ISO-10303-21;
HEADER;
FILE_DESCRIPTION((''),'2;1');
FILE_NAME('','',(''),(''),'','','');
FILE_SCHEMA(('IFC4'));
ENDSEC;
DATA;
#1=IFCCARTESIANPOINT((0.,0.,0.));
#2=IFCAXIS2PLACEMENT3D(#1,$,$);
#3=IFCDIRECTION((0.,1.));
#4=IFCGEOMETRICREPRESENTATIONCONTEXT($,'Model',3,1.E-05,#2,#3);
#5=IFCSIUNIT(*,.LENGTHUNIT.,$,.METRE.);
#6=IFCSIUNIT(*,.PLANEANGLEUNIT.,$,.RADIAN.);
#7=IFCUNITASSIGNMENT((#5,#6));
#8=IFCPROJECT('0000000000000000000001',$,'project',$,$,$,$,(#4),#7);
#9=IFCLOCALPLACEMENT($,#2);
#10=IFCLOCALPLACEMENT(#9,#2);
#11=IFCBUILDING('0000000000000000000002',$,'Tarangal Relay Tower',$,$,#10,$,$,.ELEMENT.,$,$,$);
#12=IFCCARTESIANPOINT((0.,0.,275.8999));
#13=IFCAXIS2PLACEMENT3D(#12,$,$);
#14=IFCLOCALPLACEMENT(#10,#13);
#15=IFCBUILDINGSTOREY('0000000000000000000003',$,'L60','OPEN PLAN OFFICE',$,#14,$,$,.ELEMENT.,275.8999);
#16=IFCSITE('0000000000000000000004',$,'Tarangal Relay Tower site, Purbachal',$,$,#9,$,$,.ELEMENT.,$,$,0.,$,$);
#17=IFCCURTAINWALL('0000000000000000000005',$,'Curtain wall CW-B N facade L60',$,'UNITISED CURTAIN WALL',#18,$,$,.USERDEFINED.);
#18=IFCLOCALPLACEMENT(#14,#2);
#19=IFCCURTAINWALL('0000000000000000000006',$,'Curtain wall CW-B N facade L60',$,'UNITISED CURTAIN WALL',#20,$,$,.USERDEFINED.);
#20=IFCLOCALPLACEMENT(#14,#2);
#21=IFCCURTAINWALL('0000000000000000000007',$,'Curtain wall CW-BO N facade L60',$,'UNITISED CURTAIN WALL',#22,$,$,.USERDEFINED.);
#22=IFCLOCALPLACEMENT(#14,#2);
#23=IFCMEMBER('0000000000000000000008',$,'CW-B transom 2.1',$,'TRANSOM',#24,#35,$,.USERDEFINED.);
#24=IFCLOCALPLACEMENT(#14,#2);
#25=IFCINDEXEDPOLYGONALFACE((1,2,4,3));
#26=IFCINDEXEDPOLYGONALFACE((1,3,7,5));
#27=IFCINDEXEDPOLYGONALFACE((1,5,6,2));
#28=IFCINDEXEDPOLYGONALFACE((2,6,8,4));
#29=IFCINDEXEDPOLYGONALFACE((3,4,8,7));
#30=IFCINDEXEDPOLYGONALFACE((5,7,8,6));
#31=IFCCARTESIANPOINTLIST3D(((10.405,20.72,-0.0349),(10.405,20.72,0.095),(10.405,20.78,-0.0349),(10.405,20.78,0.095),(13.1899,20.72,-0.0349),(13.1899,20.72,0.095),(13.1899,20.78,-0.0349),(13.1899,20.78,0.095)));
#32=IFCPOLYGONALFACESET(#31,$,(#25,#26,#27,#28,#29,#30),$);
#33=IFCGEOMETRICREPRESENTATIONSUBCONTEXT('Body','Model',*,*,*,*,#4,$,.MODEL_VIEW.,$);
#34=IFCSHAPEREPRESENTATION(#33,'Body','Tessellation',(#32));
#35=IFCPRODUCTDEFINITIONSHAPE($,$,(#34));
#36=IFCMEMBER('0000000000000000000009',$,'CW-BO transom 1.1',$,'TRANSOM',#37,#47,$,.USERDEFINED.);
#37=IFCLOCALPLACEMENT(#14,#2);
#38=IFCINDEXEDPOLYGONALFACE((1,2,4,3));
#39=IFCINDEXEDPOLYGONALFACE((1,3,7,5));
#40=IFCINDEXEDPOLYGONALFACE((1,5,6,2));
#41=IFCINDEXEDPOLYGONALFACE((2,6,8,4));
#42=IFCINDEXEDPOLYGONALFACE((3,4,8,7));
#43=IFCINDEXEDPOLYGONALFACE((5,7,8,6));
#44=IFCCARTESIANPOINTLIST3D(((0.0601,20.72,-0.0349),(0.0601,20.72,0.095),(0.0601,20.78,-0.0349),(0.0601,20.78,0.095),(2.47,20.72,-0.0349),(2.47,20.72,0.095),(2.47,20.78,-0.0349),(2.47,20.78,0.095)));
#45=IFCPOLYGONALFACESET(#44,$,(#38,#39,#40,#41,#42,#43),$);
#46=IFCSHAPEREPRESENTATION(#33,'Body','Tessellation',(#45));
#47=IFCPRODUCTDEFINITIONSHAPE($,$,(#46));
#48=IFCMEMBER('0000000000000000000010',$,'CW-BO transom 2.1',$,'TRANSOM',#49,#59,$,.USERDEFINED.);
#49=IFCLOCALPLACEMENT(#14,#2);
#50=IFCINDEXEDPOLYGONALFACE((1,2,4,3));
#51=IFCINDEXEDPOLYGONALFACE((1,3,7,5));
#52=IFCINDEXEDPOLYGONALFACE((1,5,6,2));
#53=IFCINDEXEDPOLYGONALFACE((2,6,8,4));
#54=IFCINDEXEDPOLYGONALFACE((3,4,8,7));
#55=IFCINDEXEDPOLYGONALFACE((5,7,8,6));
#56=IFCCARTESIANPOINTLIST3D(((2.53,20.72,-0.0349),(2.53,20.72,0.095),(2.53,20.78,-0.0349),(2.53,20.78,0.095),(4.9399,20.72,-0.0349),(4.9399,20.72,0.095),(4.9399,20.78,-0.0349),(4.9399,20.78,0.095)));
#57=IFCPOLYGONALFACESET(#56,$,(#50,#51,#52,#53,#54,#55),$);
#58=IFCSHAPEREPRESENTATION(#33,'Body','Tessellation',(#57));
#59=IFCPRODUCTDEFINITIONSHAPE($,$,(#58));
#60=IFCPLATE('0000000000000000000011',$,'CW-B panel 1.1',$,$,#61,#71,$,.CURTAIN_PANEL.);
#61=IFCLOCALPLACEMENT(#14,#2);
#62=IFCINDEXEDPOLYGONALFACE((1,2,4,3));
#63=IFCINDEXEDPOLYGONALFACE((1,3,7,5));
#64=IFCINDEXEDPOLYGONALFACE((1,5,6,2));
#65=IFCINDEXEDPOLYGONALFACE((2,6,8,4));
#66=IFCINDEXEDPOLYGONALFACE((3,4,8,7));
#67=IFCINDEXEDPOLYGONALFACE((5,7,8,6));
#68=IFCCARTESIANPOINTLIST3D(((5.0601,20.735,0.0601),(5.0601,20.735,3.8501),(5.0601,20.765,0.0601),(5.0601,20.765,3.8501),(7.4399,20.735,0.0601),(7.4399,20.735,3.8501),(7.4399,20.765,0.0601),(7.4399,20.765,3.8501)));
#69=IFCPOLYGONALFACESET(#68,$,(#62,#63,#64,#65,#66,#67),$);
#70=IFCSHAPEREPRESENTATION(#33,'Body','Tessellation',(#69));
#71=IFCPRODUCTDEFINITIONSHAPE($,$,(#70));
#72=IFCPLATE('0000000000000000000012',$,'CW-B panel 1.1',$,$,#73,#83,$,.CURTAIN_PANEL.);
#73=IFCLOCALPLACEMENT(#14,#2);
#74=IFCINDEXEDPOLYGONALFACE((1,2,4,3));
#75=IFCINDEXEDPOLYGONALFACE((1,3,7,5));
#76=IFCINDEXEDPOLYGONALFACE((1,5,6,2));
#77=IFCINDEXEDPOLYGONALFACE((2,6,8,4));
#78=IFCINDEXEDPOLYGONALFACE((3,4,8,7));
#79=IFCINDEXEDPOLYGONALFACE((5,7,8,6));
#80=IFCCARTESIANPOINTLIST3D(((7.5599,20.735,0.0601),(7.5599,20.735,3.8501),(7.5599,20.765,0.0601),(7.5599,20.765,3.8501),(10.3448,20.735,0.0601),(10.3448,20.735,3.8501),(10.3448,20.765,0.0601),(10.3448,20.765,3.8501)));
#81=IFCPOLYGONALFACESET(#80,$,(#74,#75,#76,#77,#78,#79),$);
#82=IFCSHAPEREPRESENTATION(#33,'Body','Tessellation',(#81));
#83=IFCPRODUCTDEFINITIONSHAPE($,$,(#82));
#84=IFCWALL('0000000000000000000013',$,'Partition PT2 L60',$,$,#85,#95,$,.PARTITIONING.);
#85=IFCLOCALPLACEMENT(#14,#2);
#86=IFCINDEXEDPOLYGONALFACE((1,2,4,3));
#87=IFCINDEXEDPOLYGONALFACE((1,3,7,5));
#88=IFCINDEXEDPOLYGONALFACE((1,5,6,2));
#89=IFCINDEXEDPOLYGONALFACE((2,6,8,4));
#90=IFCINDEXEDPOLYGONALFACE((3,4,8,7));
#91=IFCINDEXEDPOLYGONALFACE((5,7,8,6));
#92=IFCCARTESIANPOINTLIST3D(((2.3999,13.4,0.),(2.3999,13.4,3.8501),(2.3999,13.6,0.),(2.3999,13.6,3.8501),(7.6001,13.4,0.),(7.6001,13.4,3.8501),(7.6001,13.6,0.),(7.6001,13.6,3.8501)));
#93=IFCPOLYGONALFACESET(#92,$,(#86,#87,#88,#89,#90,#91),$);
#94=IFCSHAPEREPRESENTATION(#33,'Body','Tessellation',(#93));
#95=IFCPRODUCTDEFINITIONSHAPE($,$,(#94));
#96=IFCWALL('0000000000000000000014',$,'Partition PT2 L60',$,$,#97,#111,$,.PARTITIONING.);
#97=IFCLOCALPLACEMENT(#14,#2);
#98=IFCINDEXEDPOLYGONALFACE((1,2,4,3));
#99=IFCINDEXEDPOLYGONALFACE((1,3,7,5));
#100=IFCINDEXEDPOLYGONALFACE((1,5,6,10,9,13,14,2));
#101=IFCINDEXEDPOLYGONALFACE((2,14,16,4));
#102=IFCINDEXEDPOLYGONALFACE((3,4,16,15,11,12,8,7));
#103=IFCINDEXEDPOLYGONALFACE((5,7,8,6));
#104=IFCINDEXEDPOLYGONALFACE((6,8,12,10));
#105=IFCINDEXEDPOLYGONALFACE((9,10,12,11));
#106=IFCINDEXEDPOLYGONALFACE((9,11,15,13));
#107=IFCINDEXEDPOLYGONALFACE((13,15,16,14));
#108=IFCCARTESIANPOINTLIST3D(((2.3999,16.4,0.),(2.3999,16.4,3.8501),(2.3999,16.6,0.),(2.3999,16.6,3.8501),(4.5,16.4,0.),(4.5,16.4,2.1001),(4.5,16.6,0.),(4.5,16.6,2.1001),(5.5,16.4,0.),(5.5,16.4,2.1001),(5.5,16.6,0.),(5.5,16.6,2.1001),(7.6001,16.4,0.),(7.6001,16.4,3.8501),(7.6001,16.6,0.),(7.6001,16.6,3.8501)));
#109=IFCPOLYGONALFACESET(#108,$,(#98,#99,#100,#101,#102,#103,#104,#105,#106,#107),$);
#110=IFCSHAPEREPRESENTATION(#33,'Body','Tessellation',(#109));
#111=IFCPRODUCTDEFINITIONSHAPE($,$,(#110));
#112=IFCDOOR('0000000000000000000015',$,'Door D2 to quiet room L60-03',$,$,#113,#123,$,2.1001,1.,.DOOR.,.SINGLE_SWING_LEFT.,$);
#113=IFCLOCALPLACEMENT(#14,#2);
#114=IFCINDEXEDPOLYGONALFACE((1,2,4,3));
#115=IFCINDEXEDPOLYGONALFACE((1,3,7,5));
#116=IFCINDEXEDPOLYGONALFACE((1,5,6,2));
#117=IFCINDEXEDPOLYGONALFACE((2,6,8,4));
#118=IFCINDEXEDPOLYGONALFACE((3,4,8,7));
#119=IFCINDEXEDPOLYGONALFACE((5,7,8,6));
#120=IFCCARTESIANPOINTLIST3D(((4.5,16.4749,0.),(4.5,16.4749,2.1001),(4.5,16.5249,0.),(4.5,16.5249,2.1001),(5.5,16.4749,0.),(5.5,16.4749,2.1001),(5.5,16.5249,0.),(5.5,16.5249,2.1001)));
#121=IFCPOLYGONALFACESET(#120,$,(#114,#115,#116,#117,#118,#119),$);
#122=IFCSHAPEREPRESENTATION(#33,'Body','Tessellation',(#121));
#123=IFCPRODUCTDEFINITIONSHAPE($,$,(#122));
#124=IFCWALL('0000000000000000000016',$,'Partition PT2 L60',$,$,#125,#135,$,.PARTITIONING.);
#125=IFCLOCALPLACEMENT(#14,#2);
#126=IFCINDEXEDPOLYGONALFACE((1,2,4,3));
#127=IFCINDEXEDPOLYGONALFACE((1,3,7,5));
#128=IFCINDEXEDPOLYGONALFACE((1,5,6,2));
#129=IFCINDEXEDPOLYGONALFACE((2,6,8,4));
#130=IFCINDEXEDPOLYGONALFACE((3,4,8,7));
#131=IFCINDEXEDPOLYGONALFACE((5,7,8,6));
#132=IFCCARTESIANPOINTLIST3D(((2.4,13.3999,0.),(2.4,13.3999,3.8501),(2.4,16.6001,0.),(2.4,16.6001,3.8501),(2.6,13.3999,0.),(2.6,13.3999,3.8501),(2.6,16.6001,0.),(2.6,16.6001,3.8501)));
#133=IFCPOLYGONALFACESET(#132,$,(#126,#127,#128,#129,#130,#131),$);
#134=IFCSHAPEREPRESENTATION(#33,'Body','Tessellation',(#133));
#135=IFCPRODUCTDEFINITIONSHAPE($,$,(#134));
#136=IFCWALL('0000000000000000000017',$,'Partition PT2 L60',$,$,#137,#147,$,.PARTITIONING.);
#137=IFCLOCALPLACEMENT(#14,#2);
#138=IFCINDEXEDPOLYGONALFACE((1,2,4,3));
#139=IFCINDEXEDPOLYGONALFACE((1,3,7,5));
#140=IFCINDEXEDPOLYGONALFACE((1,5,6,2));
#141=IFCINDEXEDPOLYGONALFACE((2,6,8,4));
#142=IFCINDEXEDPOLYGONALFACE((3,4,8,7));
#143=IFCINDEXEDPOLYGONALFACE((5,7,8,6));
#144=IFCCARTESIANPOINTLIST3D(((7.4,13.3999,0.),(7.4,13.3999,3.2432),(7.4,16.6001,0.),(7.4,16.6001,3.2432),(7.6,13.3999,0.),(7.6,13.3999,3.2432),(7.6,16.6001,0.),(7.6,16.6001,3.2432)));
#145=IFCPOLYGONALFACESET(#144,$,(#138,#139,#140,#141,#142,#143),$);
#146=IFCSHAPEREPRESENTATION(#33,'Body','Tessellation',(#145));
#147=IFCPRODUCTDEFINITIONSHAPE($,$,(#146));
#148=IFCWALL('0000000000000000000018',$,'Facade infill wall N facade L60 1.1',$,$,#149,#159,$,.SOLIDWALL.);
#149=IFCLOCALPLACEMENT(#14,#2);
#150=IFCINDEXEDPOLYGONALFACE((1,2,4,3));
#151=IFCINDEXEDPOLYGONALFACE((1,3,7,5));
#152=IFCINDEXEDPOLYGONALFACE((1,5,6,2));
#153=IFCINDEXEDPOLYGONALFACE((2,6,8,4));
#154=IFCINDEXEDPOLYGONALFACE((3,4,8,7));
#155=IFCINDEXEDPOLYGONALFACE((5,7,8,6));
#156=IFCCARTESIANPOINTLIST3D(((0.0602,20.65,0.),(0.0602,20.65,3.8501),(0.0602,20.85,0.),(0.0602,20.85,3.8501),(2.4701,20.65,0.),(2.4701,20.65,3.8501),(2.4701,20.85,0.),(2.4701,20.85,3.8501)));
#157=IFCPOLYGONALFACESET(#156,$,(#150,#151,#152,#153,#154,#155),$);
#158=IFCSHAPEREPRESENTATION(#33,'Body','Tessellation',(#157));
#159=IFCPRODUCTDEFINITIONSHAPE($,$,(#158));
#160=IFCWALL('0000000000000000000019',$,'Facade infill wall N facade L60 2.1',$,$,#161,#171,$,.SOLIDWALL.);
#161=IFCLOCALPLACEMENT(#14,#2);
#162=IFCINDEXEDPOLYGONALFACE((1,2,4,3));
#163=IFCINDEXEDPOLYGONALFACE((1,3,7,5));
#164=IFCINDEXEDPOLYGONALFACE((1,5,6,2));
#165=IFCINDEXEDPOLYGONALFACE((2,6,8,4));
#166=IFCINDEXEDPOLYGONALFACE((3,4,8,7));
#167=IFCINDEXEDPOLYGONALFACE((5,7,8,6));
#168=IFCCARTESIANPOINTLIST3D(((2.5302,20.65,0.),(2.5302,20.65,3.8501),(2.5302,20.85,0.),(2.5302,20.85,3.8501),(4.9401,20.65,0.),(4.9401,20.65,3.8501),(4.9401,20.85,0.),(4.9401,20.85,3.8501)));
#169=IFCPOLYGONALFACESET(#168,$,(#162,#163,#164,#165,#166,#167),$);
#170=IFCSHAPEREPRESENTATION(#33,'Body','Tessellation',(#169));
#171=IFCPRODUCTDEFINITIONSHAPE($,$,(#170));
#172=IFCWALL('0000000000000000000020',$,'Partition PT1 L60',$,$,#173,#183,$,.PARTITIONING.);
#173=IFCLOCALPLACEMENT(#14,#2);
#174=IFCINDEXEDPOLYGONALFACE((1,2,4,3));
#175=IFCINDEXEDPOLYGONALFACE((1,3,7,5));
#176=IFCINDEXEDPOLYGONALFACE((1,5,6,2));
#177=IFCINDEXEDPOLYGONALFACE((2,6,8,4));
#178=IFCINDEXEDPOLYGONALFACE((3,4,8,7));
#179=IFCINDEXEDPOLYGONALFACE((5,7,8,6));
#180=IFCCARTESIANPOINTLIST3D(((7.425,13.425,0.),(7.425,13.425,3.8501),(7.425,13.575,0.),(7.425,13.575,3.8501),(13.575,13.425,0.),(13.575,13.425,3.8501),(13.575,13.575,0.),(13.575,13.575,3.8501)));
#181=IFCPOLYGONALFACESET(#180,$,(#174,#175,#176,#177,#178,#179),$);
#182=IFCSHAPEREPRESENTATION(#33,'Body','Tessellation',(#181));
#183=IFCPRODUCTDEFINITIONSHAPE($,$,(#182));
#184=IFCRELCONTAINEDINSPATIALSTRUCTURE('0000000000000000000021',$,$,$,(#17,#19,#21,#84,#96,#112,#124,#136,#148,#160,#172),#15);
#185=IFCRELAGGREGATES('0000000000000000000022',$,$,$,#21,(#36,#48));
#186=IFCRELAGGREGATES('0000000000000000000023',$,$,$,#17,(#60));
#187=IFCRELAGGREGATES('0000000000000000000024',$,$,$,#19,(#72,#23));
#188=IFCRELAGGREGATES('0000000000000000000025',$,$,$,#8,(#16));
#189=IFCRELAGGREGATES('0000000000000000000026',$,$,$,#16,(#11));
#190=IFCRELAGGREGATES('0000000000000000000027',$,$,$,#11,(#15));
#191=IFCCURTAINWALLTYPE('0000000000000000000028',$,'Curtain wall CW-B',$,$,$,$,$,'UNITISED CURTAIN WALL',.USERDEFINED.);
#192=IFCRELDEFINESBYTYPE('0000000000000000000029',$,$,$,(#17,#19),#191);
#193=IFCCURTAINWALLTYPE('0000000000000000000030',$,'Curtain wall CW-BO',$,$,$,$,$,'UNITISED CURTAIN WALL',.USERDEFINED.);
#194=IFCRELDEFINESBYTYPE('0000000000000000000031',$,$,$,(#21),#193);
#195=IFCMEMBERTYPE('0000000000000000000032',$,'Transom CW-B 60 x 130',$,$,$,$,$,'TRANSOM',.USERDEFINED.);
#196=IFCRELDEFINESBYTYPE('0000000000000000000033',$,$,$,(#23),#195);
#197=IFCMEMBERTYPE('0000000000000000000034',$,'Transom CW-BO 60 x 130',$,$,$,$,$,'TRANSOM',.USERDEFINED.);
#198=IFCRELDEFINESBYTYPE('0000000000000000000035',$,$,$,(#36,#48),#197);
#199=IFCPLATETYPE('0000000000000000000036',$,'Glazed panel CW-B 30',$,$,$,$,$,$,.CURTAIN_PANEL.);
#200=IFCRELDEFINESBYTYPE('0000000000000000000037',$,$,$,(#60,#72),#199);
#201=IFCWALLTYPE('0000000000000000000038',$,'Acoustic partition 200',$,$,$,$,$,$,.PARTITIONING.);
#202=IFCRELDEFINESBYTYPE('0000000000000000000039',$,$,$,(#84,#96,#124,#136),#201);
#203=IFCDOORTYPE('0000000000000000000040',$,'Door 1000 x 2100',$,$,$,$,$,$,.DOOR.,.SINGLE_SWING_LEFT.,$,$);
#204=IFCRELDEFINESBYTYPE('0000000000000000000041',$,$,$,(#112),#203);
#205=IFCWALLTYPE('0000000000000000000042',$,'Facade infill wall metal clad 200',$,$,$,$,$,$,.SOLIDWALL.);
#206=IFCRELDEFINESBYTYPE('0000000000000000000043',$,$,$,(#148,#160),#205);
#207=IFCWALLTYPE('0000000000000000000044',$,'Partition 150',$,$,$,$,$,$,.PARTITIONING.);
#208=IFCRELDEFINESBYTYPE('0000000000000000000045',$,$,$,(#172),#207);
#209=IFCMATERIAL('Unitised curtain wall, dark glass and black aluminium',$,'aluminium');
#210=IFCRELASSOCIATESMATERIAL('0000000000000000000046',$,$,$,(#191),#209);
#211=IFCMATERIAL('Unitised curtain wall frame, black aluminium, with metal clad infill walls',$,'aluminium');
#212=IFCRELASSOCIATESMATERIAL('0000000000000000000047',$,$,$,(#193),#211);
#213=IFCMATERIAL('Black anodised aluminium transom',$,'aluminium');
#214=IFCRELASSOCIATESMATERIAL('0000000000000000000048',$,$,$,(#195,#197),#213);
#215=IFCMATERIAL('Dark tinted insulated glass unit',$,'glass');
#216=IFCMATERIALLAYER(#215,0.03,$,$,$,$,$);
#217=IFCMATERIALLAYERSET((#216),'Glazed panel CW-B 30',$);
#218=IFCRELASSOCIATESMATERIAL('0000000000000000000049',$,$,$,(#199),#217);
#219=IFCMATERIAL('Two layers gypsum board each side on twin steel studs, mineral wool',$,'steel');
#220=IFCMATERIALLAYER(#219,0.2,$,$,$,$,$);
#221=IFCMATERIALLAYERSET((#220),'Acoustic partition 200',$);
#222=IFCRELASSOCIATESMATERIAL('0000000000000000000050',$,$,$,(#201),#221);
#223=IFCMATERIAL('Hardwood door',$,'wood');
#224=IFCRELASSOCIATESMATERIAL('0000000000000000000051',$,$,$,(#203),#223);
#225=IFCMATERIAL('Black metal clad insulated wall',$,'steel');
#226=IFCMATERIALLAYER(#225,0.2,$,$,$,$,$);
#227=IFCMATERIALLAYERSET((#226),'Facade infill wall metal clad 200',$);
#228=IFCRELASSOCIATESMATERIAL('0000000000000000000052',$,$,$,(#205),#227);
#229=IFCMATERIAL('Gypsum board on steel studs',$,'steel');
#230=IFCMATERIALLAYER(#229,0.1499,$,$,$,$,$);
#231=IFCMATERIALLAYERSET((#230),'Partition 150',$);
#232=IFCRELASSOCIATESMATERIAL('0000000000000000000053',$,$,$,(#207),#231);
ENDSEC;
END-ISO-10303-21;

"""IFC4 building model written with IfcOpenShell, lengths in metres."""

from ifc_helpers import new_model, si_unit, direction, frame, frame_2d, origin, origin_2d, place, context, subcontext, project, spatial, rectangle, extrude, material, layer, layer_set, material_profile, profile_set, type_object, element, fill, aggregate, save


model = new_model("IFC4")

# Units and contexts
model_context = context("Model", 3, precision=1e-05, world=origin(), true_north=direction((0.0, 1.0)))
body_context = subcontext(model_context, "Body", "Model", "MODEL_VIEW")
ifc_project = project(units=[si_unit("LENGTHUNIT", "METRE"), si_unit("PLANEANGLEUNIT", "RADIAN")], contexts=[model_context])

# Site, building, storey
site_placement = place(None, origin())
site = spatial("IfcSite", under=ifc_project, at=site_placement, Name="Tarangal Relay Tower site, Purbachal", CompositionType="ELEMENT", RefElevation=0.0)
building_placement = place(site_placement, origin())
building = spatial("IfcBuilding", under=site, at=building_placement, Name="Tarangal Relay Tower", CompositionType="ELEMENT")
storey_placement = place(building_placement, frame((0.0, 0.0, 275.8999)))
storey = spatial("IfcBuildingStorey", under=building, at=storey_placement, Name="L60", Description="OPEN PLAN OFFICE", CompositionType="ELEMENT", Elevation=275.8999)

# Curtain walls
ifc_material_1 = material(Name="Unitised curtain wall, dark glass and black aluminium", Category="aluminium")
curtain_wall_type_1 = type_object("IfcCurtainWallType", Name="Curtain wall CW-B", ElementType="UNITISED CURTAIN WALL", PredefinedType="USERDEFINED", material=ifc_material_1)
curtain_wall_1_placement = place(storey_placement, origin())
curtain_wall_1 = element("IfcCurtainWall", 1, at=curtain_wall_1_placement, inside=storey, type_object=curtain_wall_type_1, Name="Curtain wall CW-B N facade L60", ObjectType="UNITISED CURTAIN WALL", PredefinedType="USERDEFINED")
curtain_wall_2_placement = place(storey_placement, origin())
curtain_wall_2 = element("IfcCurtainWall", 2, at=curtain_wall_2_placement, inside=storey, type_object=curtain_wall_type_1, Name="Curtain wall CW-B N facade L60", ObjectType="UNITISED CURTAIN WALL", PredefinedType="USERDEFINED")
ifc_material_2 = material(Name="Unitised curtain wall frame, black aluminium, with metal clad infill walls", Category="aluminium")
curtain_wall_type_2 = type_object("IfcCurtainWallType", Name="Curtain wall CW-BO", ElementType="UNITISED CURTAIN WALL", PredefinedType="USERDEFINED", material=ifc_material_2)
curtain_wall_3_placement = place(storey_placement, origin())
curtain_wall_3 = element("IfcCurtainWall", 3, at=curtain_wall_3_placement, inside=storey, type_object=curtain_wall_type_2, Name="Curtain wall CW-BO N facade L60", ObjectType="UNITISED CURTAIN WALL", PredefinedType="USERDEFINED")

# Members
ifc_material_3 = material(Name="Black anodised aluminium transom", Category="aluminium")
ifc_material_profile_1 = material_profile(ifc_material_3, rectangle(XDim=0.0601, YDim=0.1299, at=origin_2d()), Name="CW-BT 60X130")
ifc_profile_set_1 = profile_set([ifc_material_profile_1], Name="Black anodised aluminium transom")
member_type_1 = type_object("IfcMemberType", Name="Transom CW-B 60 x 130", ElementType="TRANSOM", PredefinedType="USERDEFINED", material=ifc_profile_set_1)
member_1_placement = place(storey_placement, frame((10.405, 20.75, 0.03), z_axis=(1.0, 0.0, 0.0), x_axis=(0.0, 1.0, 0.0)))
member_1 = element("IfcMember", 4, at=member_1_placement, type_object=member_type_1, Name="CW-B transom 2.1", ObjectType="TRANSOM", PredefinedType="USERDEFINED", context=body_context, shape_type="SweptSolid", body=[
    extrude(rectangle(XDim=0.0601, YDim=0.1299, at=origin_2d()), origin(), (0.0, 0.0, 1.0), 2.7849),
])
ifc_material_profile_2 = material_profile(ifc_material_3, rectangle(XDim=0.0601, YDim=0.1299, at=origin_2d()), Name="CW-BOT 60X130")
ifc_profile_set_2 = profile_set([ifc_material_profile_2], Name="Black anodised aluminium transom")
member_type_2 = type_object("IfcMemberType", Name="Transom CW-BO 60 x 130", ElementType="TRANSOM", PredefinedType="USERDEFINED", material=ifc_profile_set_2)
member_2_placement = place(storey_placement, frame((0.0601, 20.75, 0.03), z_axis=(1.0, 0.0, 0.0), x_axis=(0.0, 1.0, 0.0)))
member_2 = element("IfcMember", 5, at=member_2_placement, type_object=member_type_2, Name="CW-BO transom 1.1", ObjectType="TRANSOM", PredefinedType="USERDEFINED", context=body_context, shape_type="SweptSolid", body=[
    extrude(rectangle(XDim=0.0601, YDim=0.1299, at=origin_2d()), origin(), (0.0, 0.0, 1.0), 2.4099),
])
member_3_placement = place(storey_placement, frame((2.53, 20.75, 0.03), z_axis=(1.0, 0.0, 0.0), x_axis=(0.0, 1.0, 0.0)))
member_3 = element("IfcMember", 6, at=member_3_placement, type_object=member_type_2, Name="CW-BO transom 2.1", ObjectType="TRANSOM", PredefinedType="USERDEFINED", context=body_context, shape_type="SweptSolid", body=[
    extrude(rectangle(XDim=0.0601, YDim=0.1299, at=origin_2d()), origin(), (0.0, 0.0, 1.0), 2.4099),
])
aggregate(curtain_wall_3, [member_2, member_3])

# Plates
ifc_material_4 = material(Name="Dark tinted insulated glass unit", Category="glass")
ifc_layer_1 = layer(ifc_material_4, 0.03)
ifc_layer_set_1 = layer_set([ifc_layer_1], Name="Glazed panel CW-B 30")
plate_type = type_object("IfcPlateType", Name="Glazed panel CW-B 30", PredefinedType="CURTAIN_PANEL", material=ifc_layer_set_1)
plate_1_placement = place(storey_placement, frame((6.25, 20.75, 0.0601), z_axis=(0.0, 0.0, 1.0), x_axis=(1.0, 0.0, 0.0)))
plate_1 = element("IfcPlate", 7, at=plate_1_placement, type_object=plate_type, Name="CW-B panel 1.1", PredefinedType="CURTAIN_PANEL", context=body_context, shape_type="SweptSolid", body=[
    extrude(rectangle(XDim=2.3799, YDim=0.03, at=origin_2d()), origin(), (0.0, 0.0, 1.0), 3.79),
])
aggregate(curtain_wall_1, [plate_1])
plate_2_placement = place(storey_placement, frame((8.9524, 20.75, 0.0601), z_axis=(0.0, 0.0, 1.0), x_axis=(1.0, 0.0, 0.0)))
plate_2 = element("IfcPlate", 8, at=plate_2_placement, type_object=plate_type, Name="CW-B panel 1.1", PredefinedType="CURTAIN_PANEL", context=body_context, shape_type="SweptSolid", body=[
    extrude(rectangle(XDim=2.7849, YDim=0.03, at=origin_2d()), origin(), (0.0, 0.0, 1.0), 3.79),
])
aggregate(curtain_wall_2, [plate_2, member_1])

# Wall
ifc_material_5 = material(Name="Two layers gypsum board each side on twin steel studs, mineral wool", Category="steel")
ifc_layer_2 = layer(ifc_material_5, 0.2)
ifc_layer_set_2 = layer_set([ifc_layer_2], Name="Acoustic partition 200")
wall_type_1 = type_object("IfcWallType", Name="Acoustic partition 200", PredefinedType="PARTITIONING", material=ifc_layer_set_2)
wall_1_placement = place(storey_placement, frame((2.3999, 13.5, 0.0), z_axis=(0.0, 0.0, 1.0), x_axis=(1.0, 0.0, 0.0)))
element("IfcWall", 9, at=wall_1_placement, inside=storey, type_object=wall_type_1, Name="Partition PT2 L60", PredefinedType="PARTITIONING", context=body_context, shape_type="SweptSolid", body=[
    extrude(rectangle(XDim=5.2002, YDim=0.2, at=frame_2d((2.6001, 0.0))), origin(), (0.0, 0.0, 1.0), 3.8501),
])

# Wall, opening, door
wall_2_placement = place(storey_placement, frame((2.3999, 16.5, 0.0), z_axis=(0.0, 0.0, 1.0), x_axis=(1.0, 0.0, 0.0)))
wall_2 = element("IfcWall", 10, at=wall_2_placement, inside=storey, type_object=wall_type_1, Name="Partition PT2 L60", PredefinedType="PARTITIONING", context=body_context, shape_type="SweptSolid", body=[
    extrude(rectangle(XDim=5.2002, YDim=0.2, at=frame_2d((2.6001, 0.0))), origin(), (0.0, 0.0, 1.0), 3.8501),
])
opening_placement = place(wall_2_placement, frame((2.1001, 0.0, 0.0)))
opening = element("IfcOpeningElement", 11, at=opening_placement, cuts=wall_2, PredefinedType="OPENING", context=body_context, shape_type="SweptSolid", body=[
    extrude(rectangle(XDim=1.0, YDim=2.1001, at=frame_2d((0.5, 1.05))), frame((0.0, 0.1099, 0.0), z_axis=(0.0, -1.0, 0.0), x_axis=(1.0, 0.0, 0.0)), (0.0, 0.0, 1.0), 0.22),
])
ifc_material_6 = material(Name="Hardwood door", Category="wood")
door_type = type_object("IfcDoorType", Name="Door 1000 x 2100", OperationType="SINGLE_SWING_LEFT", PredefinedType="DOOR", material=ifc_material_6)
door_placement = place(opening_placement, origin())
door = element("IfcDoor", 12, at=door_placement, inside=storey, type_object=door_type, Name="Door D2 to quiet room L60-03", OperationType="SINGLE_SWING_LEFT", OverallHeight=2.1001, OverallWidth=1.0, PredefinedType="DOOR", context=body_context, shape_type="SweptSolid", body=[
    extrude(rectangle(XDim=1.0, YDim=2.1001, at=frame_2d((0.5, 1.05))), frame((0.0, 0.0249, 0.0), z_axis=(0.0, -1.0, 0.0), x_axis=(1.0, 0.0, 0.0)), (0.0, 0.0, 1.0), 0.05),
])
fill(opening, door)

# Walls
wall_3_placement = place(storey_placement, frame((2.5, 13.3999, 0.0), z_axis=(0.0, 0.0, 1.0), x_axis=(0.0, 1.0, 0.0)))
element("IfcWall", 13, at=wall_3_placement, inside=storey, type_object=wall_type_1, Name="Partition PT2 L60", PredefinedType="PARTITIONING", context=body_context, shape_type="SweptSolid", body=[
    extrude(rectangle(XDim=3.2002, YDim=0.2, at=frame_2d((1.6001, 0.0))), origin(), (0.0, 0.0, 1.0), 3.8501),
])
wall_4_placement = place(storey_placement, frame((7.5, 13.3999, 0.0), z_axis=(0.0, 0.0, 1.0), x_axis=(0.0, 1.0, 0.0)))
element("IfcWall", 14, at=wall_4_placement, inside=storey, type_object=wall_type_1, Name="Partition PT2 L60", PredefinedType="PARTITIONING", context=body_context, shape_type="SweptSolid", body=[
    extrude(rectangle(XDim=3.2002, YDim=0.2, at=frame_2d((1.6001, 0.0))), origin(), (0.0, 0.0, 1.0), 3.2432),
])
ifc_material_7 = material(Name="Black metal clad insulated wall", Category="steel")
ifc_layer_3 = layer(ifc_material_7, 0.2)
ifc_layer_set_3 = layer_set([ifc_layer_3], Name="Facade infill wall metal clad 200")
wall_type_2 = type_object("IfcWallType", Name="Facade infill wall metal clad 200", PredefinedType="SOLIDWALL", material=ifc_layer_set_3)
for number, where, z_axis, x_axis, name in (
    (15, (0.0601, 20.75, 0.0), (0.0, 0.0, 1.0), (1.0, 0.0, 0.0), "Facade infill wall N facade L60 1.1"),
    (16, (2.53, 20.75, 0.0), (0.0, 0.0, 1.0), (1.0, 0.0, 0.0), "Facade infill wall N facade L60 2.1"),
):
    element("IfcWall", number, at=place(storey_placement, frame(where, z_axis=z_axis, x_axis=x_axis)), inside=storey, type_object=wall_type_2, Name=name, PredefinedType="SOLIDWALL", context=body_context, shape_type="SweptSolid", body=[
        extrude(rectangle(XDim=2.4099, YDim=0.2, at=frame_2d((1.2051, 0.0))), origin(), (0.0, 0.0, 1.0), 3.8501),
    ])
ifc_material_8 = material(Name="Gypsum board on steel studs", Category="steel")
ifc_layer_4 = layer(ifc_material_8, 0.1499)
ifc_layer_set_4 = layer_set([ifc_layer_4], Name="Partition 150")
wall_type_3 = type_object("IfcWallType", Name="Partition 150", PredefinedType="PARTITIONING", material=ifc_layer_set_4)
wall_5_placement = place(storey_placement, frame((7.425, 13.5, 0.0), z_axis=(0.0, 0.0, 1.0), x_axis=(1.0, 0.0, 0.0)))
element("IfcWall", 17, at=wall_5_placement, inside=storey, type_object=wall_type_3, Name="Partition PT1 L60", PredefinedType="PARTITIONING", context=body_context, shape_type="SweptSolid", body=[
    extrude(rectangle(XDim=6.1499, YDim=0.1499, at=frame_2d((3.075, 0.0))), origin(), (0.0, 0.0, 1.0), 3.8501),
])

save(model, "model.ifc")
